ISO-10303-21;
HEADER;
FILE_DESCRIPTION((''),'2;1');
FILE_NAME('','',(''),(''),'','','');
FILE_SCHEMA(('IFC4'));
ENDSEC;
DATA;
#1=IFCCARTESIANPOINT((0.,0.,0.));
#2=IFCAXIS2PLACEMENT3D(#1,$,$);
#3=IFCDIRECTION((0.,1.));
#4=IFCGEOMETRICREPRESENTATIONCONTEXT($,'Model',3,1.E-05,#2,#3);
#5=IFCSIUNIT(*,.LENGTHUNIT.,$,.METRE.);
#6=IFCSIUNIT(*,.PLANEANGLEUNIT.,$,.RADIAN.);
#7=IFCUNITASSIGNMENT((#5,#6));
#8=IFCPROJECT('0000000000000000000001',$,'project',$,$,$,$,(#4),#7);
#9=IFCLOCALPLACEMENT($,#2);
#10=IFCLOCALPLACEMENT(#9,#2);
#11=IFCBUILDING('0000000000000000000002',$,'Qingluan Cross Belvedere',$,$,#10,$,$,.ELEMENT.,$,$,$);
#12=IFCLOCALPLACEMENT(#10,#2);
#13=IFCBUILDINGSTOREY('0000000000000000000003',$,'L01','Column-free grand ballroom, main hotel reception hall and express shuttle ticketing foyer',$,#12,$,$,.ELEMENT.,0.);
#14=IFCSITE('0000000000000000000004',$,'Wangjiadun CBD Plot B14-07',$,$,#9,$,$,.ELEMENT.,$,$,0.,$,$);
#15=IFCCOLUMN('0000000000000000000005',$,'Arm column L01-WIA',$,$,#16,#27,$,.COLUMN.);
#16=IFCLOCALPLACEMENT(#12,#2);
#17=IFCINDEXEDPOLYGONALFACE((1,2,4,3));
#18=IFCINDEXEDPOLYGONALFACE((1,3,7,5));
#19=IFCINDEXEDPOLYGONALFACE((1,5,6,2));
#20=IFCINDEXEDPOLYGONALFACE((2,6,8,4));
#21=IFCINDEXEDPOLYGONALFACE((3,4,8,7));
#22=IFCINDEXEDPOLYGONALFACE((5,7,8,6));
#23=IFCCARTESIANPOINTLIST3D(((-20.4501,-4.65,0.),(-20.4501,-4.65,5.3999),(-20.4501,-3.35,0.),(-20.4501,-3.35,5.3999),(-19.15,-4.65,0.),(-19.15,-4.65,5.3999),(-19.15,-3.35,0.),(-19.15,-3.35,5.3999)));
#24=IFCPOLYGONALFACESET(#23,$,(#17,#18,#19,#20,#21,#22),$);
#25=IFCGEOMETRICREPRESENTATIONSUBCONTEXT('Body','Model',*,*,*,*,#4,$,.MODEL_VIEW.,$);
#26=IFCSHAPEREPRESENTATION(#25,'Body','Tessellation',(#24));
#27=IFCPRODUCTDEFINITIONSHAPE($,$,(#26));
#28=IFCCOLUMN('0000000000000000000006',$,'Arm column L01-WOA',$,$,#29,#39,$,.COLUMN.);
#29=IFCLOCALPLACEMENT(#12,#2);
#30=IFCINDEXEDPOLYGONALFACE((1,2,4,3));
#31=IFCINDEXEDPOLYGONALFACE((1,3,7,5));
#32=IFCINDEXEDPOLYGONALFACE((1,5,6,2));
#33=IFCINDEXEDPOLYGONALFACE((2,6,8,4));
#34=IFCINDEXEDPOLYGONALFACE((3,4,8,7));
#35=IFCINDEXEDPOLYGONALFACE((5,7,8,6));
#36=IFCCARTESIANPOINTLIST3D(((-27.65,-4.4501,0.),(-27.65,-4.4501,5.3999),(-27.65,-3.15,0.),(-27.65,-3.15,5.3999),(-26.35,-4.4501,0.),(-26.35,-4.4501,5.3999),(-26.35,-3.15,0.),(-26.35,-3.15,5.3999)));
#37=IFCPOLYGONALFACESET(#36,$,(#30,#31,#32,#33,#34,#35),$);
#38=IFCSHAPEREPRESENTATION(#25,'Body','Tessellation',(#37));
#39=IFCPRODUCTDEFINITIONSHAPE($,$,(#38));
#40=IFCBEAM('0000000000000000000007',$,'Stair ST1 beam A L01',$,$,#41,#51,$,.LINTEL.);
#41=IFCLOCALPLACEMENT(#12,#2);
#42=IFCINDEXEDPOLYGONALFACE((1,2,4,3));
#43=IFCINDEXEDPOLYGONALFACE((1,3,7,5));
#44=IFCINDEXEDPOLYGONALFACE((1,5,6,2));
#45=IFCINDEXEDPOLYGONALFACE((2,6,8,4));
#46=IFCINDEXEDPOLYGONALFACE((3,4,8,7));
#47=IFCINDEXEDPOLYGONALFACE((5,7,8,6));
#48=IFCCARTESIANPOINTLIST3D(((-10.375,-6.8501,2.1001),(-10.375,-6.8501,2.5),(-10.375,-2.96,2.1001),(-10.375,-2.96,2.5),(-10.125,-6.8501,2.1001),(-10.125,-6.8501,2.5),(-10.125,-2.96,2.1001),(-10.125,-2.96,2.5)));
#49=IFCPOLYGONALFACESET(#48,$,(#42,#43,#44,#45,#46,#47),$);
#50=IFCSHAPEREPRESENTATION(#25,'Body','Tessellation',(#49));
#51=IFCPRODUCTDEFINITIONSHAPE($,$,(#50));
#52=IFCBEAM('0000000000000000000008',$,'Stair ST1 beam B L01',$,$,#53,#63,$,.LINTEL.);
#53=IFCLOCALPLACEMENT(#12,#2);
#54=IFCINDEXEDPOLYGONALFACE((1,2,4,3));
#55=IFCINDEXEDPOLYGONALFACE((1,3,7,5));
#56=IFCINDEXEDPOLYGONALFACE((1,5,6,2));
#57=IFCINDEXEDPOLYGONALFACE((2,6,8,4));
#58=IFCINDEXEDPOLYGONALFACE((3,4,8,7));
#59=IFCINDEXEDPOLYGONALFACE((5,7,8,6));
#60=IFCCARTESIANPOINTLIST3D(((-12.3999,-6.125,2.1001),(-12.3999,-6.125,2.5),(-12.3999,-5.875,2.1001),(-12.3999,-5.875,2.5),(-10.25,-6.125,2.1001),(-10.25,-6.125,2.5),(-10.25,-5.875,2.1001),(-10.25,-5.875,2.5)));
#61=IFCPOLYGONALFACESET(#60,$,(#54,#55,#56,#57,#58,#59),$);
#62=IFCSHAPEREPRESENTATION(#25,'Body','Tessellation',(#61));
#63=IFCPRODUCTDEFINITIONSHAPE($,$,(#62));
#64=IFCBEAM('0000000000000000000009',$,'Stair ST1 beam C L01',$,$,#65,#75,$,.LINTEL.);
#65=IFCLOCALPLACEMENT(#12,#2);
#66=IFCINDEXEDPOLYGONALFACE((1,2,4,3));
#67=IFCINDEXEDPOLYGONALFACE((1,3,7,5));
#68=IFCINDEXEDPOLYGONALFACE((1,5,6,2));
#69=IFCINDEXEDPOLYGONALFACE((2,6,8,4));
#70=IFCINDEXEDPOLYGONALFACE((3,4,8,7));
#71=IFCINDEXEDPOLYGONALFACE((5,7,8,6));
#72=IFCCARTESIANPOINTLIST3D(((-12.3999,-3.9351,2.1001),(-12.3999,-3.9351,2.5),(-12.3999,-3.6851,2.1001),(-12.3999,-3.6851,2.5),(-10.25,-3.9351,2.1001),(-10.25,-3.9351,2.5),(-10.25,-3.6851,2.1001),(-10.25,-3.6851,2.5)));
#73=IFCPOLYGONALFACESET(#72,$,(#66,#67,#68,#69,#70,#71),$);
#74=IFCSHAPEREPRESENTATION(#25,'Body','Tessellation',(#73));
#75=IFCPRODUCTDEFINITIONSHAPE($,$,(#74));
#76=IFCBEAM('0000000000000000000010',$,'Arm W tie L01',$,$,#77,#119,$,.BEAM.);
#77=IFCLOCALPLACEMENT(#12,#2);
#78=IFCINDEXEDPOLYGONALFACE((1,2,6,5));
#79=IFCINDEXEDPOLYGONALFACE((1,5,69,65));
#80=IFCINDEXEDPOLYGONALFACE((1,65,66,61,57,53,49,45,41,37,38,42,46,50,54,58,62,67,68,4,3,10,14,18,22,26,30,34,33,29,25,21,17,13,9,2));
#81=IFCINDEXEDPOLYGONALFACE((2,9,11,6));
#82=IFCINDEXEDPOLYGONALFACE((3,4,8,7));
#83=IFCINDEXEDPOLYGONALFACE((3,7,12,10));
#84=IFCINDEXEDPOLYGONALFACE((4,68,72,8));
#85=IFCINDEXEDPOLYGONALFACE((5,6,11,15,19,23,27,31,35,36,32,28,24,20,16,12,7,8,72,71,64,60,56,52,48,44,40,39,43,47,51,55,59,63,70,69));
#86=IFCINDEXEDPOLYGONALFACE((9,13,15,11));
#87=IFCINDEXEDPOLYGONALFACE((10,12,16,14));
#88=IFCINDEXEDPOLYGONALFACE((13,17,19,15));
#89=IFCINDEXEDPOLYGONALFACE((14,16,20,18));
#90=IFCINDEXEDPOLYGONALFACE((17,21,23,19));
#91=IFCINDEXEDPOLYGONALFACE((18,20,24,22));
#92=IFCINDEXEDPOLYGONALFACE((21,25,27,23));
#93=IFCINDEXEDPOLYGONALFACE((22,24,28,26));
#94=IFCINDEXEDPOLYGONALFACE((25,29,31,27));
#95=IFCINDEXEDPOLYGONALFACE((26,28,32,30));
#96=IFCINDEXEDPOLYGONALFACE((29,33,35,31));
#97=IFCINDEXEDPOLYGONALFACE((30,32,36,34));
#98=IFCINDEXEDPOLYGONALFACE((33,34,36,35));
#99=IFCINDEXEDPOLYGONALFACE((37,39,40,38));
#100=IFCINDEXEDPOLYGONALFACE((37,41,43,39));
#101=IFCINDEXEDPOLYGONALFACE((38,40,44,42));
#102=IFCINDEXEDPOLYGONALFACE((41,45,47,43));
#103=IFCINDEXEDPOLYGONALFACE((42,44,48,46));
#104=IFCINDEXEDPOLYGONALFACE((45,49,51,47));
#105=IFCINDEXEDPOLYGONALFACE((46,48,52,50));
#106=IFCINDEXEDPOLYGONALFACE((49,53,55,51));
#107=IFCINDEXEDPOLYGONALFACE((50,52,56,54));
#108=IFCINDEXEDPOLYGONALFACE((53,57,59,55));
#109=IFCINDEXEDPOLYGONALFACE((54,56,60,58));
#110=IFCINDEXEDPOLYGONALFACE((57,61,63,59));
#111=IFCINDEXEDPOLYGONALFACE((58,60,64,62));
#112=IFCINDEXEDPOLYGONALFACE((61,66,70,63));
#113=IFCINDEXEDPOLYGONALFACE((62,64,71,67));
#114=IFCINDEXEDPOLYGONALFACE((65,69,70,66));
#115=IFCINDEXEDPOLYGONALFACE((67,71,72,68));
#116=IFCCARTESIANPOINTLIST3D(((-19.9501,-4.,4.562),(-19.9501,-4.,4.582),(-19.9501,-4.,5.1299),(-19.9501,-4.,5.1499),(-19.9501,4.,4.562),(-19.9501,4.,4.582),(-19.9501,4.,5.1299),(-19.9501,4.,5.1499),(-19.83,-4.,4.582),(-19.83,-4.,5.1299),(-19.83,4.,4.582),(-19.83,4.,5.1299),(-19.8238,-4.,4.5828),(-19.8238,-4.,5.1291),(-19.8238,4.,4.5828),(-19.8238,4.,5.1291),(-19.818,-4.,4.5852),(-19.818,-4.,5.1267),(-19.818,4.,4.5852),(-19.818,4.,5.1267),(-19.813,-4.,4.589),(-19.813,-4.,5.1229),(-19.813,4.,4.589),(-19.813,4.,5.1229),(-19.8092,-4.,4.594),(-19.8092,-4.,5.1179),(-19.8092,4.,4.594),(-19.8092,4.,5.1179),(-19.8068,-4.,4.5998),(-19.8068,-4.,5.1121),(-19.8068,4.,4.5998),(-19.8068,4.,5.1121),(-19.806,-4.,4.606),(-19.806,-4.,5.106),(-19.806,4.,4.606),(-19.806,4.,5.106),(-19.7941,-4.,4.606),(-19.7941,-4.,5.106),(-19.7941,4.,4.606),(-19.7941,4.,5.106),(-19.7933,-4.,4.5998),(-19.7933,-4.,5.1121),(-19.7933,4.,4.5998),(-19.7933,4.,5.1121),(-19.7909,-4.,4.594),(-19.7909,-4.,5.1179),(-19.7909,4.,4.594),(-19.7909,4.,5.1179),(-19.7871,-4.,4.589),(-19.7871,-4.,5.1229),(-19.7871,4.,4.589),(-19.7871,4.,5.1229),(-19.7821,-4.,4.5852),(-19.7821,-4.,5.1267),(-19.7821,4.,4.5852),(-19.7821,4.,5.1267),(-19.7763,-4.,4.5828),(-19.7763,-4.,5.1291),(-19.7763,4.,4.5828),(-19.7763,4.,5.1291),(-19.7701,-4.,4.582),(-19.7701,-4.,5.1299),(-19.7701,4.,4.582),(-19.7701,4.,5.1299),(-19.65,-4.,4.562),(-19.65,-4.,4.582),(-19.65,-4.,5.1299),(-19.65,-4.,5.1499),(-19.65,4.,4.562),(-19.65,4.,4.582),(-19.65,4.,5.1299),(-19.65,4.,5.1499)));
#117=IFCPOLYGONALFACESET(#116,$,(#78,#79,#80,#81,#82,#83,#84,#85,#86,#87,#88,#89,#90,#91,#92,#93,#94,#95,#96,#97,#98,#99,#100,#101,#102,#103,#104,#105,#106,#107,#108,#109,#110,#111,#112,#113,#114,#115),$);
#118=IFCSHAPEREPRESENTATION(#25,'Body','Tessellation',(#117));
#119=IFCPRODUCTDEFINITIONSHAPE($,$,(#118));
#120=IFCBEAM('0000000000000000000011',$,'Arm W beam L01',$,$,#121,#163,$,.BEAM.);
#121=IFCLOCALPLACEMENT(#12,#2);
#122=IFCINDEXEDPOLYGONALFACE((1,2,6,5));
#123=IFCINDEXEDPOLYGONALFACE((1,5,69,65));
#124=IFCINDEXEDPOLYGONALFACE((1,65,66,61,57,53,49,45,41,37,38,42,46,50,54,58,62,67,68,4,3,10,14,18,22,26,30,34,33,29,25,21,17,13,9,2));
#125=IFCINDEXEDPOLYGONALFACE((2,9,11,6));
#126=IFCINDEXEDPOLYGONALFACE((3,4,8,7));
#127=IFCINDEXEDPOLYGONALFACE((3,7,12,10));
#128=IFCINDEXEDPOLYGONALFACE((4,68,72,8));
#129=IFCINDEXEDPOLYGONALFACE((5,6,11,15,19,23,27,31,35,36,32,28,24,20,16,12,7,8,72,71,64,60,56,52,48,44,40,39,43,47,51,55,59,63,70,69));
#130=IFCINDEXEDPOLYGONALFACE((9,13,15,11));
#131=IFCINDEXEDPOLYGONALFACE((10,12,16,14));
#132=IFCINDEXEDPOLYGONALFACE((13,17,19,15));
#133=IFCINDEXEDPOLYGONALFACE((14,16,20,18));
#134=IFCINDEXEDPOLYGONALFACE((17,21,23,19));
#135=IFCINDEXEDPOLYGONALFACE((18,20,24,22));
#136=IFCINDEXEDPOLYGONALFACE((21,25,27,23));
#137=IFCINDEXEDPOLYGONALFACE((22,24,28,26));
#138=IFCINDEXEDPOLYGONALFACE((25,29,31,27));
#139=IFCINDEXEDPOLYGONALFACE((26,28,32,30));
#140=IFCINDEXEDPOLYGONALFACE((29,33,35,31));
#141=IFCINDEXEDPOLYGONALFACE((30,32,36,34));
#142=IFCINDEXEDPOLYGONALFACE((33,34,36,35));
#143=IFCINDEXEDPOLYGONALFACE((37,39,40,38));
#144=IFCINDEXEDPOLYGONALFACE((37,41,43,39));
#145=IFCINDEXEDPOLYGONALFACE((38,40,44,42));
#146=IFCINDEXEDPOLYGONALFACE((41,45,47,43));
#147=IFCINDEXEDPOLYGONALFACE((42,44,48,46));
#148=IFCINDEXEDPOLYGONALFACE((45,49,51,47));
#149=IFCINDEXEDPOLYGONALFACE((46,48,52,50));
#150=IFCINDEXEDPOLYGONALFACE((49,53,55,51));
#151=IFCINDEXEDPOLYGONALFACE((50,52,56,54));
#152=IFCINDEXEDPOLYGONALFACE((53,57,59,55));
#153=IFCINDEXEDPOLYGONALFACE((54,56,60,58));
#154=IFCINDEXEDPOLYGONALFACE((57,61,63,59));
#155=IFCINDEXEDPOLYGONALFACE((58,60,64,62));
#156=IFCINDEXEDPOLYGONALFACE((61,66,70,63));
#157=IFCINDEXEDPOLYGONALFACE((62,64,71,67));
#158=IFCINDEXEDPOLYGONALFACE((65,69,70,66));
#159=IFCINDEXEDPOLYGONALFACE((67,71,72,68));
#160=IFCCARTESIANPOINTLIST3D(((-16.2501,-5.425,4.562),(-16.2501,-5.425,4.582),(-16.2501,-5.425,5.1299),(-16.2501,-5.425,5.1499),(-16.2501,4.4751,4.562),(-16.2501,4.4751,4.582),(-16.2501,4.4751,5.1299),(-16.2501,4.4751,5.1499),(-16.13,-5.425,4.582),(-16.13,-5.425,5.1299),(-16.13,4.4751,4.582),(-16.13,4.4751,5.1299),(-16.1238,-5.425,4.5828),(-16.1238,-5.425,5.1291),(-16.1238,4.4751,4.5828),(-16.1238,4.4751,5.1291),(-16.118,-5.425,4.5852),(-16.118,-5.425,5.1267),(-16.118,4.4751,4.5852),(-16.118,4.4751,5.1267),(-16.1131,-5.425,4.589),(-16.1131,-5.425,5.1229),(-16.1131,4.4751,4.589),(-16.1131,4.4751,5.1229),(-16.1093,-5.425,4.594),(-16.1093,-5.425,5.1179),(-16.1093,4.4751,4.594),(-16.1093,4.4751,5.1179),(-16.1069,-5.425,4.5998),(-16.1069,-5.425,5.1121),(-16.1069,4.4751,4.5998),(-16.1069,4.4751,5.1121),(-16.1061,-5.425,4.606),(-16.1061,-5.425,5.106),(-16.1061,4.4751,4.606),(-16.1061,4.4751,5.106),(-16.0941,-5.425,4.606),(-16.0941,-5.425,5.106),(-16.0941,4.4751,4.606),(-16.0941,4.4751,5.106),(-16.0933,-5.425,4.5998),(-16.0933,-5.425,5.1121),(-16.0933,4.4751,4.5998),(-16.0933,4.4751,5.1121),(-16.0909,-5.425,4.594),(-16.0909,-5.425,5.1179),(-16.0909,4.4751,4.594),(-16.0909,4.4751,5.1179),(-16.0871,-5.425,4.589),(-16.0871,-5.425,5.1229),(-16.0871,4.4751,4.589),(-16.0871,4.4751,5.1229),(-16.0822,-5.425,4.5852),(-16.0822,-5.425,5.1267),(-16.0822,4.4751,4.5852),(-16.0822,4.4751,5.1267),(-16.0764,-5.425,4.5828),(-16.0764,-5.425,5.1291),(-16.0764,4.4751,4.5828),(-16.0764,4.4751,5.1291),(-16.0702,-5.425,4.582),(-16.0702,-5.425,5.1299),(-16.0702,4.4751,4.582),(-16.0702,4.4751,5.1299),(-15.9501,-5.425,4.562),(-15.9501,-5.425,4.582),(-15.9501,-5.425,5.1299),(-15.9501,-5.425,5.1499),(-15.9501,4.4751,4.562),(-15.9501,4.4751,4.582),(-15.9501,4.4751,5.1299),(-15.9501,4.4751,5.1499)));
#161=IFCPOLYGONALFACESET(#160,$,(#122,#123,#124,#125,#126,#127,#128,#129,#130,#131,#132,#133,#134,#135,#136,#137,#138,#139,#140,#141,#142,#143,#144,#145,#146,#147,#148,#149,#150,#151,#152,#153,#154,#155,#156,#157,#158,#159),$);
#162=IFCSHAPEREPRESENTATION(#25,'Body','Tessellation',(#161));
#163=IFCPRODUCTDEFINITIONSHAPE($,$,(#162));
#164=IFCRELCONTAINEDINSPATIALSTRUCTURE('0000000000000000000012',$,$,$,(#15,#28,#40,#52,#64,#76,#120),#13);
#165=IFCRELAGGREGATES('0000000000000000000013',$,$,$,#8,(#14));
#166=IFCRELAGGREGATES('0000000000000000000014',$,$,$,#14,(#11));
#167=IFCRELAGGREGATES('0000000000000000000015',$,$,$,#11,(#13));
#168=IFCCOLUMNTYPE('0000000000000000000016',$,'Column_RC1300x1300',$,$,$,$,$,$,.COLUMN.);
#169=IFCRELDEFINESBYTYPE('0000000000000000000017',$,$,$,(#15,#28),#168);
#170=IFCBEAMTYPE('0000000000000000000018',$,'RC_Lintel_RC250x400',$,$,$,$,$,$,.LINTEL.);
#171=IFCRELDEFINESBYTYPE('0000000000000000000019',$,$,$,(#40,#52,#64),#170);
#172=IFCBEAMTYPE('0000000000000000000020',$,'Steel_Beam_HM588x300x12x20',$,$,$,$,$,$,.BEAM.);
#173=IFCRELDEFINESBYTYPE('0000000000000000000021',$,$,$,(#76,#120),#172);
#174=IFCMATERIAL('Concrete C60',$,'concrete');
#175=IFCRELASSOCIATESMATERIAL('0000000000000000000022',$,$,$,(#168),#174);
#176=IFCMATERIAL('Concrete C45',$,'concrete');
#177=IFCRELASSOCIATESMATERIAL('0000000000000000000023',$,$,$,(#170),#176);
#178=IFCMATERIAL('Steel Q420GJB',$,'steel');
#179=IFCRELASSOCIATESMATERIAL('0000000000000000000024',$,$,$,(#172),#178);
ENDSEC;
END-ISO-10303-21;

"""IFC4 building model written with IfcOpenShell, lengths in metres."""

from ifc_helpers import new_model, si_unit, direction, frame, origin, origin_2d, place, context, subcontext, project, spatial, rectangle, i_section, extrude, material, material_profile, profile_set, type_object, element, save


model = new_model("IFC4")

# Units and contexts
model_context = context("Model", 3, precision=1e-05, world=origin(), true_north=direction((0.0, 1.0)))
body_context = subcontext(model_context, "Body", "Model", "MODEL_VIEW")
ifc_project = project(units=[si_unit("LENGTHUNIT", "METRE"), si_unit("PLANEANGLEUNIT", "RADIAN")], contexts=[model_context])

# Site, building, storey
site_placement = place(None, origin())
site = spatial("IfcSite", under=ifc_project, at=site_placement, Name="Wangjiadun CBD Plot B14-07", CompositionType="ELEMENT", RefElevation=0.0)
building_placement = place(site_placement, origin())
building = spatial("IfcBuilding", under=site, at=building_placement, Name="Qingluan Cross Belvedere", CompositionType="ELEMENT")
storey_placement = place(building_placement, origin())
storey = spatial("IfcBuildingStorey", under=building, at=storey_placement, Name="L01", Description="Column-free grand ballroom, main hotel reception hall and express shuttle ticketing foyer", CompositionType="ELEMENT", Elevation=0.0)

# Columns
ifc_material_1 = material(Name="Concrete C60", Category="concrete")
ifc_material_profile_1 = material_profile(ifc_material_1, rectangle(XDim=1.3, YDim=1.3, at=origin_2d()), Name="RC1300x1300")
ifc_profile_set_1 = profile_set([ifc_material_profile_1], Name="Concrete C60")
column_type = type_object("IfcColumnType", Name="Column_RC1300x1300", PredefinedType="COLUMN", material=ifc_profile_set_1)
for number, where, z_axis, x_axis, name in (
    (1, (-19.8, -4.0, 0.0), (0.0, 0.0, 1.0), (1.0, 0.0, 0.0), "Arm column L01-WIA"),
    (2, (-27.0, -3.8, 0.0), (0.0, 0.0, 1.0), (1.0, 0.0, 0.0), "Arm column L01-WOA"),
):
    element("IfcColumn", number, at=place(storey_placement, frame(where, z_axis=z_axis, x_axis=x_axis)), inside=storey, type_object=column_type, Name=name, PredefinedType="COLUMN", context=body_context, shape_type="SweptSolid", body=[
        extrude(rectangle(XDim=1.3, YDim=1.3, at=origin_2d()), origin(), (0.0, 0.0, 1.0), 5.3999),
    ])

# Beams
ifc_material_2 = material(Name="Concrete C45", Category="concrete")
ifc_material_profile_2 = material_profile(ifc_material_2, rectangle(XDim=0.25, YDim=0.3999, at=origin_2d()), Name="RC250x400")
ifc_profile_set_2 = profile_set([ifc_material_profile_2], Name="Concrete C45")
beam_type_1 = type_object("IfcBeamType", Name="RC_Lintel_RC250x400", PredefinedType="LINTEL", material=ifc_profile_set_2)
beam_1_placement = place(storey_placement, frame((-10.25, -6.8501, 2.3), z_axis=(0.0, 1.0, 0.0), x_axis=(-1.0, 0.0, 0.0)))
element("IfcBeam", 3, at=beam_1_placement, inside=storey, type_object=beam_type_1, Name="Stair ST1 beam A L01", PredefinedType="LINTEL", context=body_context, shape_type="SweptSolid", body=[
    extrude(rectangle(XDim=0.25, YDim=0.3999, at=origin_2d()), origin(), (0.0, 0.0, 1.0), 3.8901),
])
for number, where, z_axis, x_axis, name in (
    (4, (-12.3999, -6.0, 2.3), (1.0, 0.0, 0.0), (0.0, 1.0, 0.0), "Stair ST1 beam B L01"),
    (5, (-12.3999, -3.8101, 2.3), (1.0, 0.0, 0.0), (0.0, 1.0, 0.0), "Stair ST1 beam C L01"),
):
    element("IfcBeam", number, at=place(storey_placement, frame(where, z_axis=z_axis, x_axis=x_axis)), inside=storey, type_object=beam_type_1, Name=name, PredefinedType="LINTEL", context=body_context, shape_type="SweptSolid", body=[
        extrude(rectangle(XDim=0.25, YDim=0.3999, at=origin_2d()), origin(), (0.0, 0.0, 1.0), 2.1499),
    ])
ifc_material_3 = material(Name="Steel Q420GJB", Category="steel")
ifc_material_profile_3 = material_profile(ifc_material_3, i_section(OverallWidth=0.3, OverallDepth=0.5879, WebThickness=0.012, FlangeThickness=0.02, FilletRadius=0.0239, at=origin_2d()), Name="HM588x300x12x20")
ifc_profile_set_3 = profile_set([ifc_material_profile_3], Name="Steel Q420GJB")
beam_type_2 = type_object("IfcBeamType", Name="Steel_Beam_HM588x300x12x20", PredefinedType="BEAM", material=ifc_profile_set_3)
beam_2_placement = place(storey_placement, frame((-19.8, -4.0, 4.856), z_axis=(0.0, 1.0, 0.0), x_axis=(-1.0, 0.0, 0.0)))
element("IfcBeam", 6, at=beam_2_placement, inside=storey, type_object=beam_type_2, Name="Arm W tie L01", PredefinedType="BEAM", context=body_context, shape_type="SweptSolid", body=[
    extrude(i_section(OverallWidth=0.3, OverallDepth=0.5879, WebThickness=0.012, FlangeThickness=0.02, FilletRadius=0.0239, at=origin_2d()), origin(), (0.0, 0.0, 1.0), 8.0),
])
beam_3_placement = place(storey_placement, frame((-16.1001, -5.425, 4.856), z_axis=(0.0, 1.0, 0.0), x_axis=(-1.0, 0.0, 0.0)))
element("IfcBeam", 7, at=beam_3_placement, inside=storey, type_object=beam_type_2, Name="Arm W beam L01", PredefinedType="BEAM", context=body_context, shape_type="SweptSolid", body=[
    extrude(i_section(OverallWidth=0.3, OverallDepth=0.5879, WebThickness=0.012, FlangeThickness=0.02, FilletRadius=0.0239, at=origin_2d()), origin(), (0.0, 0.0, 1.0), 9.9001),
])

save(model, "model.ifc")
